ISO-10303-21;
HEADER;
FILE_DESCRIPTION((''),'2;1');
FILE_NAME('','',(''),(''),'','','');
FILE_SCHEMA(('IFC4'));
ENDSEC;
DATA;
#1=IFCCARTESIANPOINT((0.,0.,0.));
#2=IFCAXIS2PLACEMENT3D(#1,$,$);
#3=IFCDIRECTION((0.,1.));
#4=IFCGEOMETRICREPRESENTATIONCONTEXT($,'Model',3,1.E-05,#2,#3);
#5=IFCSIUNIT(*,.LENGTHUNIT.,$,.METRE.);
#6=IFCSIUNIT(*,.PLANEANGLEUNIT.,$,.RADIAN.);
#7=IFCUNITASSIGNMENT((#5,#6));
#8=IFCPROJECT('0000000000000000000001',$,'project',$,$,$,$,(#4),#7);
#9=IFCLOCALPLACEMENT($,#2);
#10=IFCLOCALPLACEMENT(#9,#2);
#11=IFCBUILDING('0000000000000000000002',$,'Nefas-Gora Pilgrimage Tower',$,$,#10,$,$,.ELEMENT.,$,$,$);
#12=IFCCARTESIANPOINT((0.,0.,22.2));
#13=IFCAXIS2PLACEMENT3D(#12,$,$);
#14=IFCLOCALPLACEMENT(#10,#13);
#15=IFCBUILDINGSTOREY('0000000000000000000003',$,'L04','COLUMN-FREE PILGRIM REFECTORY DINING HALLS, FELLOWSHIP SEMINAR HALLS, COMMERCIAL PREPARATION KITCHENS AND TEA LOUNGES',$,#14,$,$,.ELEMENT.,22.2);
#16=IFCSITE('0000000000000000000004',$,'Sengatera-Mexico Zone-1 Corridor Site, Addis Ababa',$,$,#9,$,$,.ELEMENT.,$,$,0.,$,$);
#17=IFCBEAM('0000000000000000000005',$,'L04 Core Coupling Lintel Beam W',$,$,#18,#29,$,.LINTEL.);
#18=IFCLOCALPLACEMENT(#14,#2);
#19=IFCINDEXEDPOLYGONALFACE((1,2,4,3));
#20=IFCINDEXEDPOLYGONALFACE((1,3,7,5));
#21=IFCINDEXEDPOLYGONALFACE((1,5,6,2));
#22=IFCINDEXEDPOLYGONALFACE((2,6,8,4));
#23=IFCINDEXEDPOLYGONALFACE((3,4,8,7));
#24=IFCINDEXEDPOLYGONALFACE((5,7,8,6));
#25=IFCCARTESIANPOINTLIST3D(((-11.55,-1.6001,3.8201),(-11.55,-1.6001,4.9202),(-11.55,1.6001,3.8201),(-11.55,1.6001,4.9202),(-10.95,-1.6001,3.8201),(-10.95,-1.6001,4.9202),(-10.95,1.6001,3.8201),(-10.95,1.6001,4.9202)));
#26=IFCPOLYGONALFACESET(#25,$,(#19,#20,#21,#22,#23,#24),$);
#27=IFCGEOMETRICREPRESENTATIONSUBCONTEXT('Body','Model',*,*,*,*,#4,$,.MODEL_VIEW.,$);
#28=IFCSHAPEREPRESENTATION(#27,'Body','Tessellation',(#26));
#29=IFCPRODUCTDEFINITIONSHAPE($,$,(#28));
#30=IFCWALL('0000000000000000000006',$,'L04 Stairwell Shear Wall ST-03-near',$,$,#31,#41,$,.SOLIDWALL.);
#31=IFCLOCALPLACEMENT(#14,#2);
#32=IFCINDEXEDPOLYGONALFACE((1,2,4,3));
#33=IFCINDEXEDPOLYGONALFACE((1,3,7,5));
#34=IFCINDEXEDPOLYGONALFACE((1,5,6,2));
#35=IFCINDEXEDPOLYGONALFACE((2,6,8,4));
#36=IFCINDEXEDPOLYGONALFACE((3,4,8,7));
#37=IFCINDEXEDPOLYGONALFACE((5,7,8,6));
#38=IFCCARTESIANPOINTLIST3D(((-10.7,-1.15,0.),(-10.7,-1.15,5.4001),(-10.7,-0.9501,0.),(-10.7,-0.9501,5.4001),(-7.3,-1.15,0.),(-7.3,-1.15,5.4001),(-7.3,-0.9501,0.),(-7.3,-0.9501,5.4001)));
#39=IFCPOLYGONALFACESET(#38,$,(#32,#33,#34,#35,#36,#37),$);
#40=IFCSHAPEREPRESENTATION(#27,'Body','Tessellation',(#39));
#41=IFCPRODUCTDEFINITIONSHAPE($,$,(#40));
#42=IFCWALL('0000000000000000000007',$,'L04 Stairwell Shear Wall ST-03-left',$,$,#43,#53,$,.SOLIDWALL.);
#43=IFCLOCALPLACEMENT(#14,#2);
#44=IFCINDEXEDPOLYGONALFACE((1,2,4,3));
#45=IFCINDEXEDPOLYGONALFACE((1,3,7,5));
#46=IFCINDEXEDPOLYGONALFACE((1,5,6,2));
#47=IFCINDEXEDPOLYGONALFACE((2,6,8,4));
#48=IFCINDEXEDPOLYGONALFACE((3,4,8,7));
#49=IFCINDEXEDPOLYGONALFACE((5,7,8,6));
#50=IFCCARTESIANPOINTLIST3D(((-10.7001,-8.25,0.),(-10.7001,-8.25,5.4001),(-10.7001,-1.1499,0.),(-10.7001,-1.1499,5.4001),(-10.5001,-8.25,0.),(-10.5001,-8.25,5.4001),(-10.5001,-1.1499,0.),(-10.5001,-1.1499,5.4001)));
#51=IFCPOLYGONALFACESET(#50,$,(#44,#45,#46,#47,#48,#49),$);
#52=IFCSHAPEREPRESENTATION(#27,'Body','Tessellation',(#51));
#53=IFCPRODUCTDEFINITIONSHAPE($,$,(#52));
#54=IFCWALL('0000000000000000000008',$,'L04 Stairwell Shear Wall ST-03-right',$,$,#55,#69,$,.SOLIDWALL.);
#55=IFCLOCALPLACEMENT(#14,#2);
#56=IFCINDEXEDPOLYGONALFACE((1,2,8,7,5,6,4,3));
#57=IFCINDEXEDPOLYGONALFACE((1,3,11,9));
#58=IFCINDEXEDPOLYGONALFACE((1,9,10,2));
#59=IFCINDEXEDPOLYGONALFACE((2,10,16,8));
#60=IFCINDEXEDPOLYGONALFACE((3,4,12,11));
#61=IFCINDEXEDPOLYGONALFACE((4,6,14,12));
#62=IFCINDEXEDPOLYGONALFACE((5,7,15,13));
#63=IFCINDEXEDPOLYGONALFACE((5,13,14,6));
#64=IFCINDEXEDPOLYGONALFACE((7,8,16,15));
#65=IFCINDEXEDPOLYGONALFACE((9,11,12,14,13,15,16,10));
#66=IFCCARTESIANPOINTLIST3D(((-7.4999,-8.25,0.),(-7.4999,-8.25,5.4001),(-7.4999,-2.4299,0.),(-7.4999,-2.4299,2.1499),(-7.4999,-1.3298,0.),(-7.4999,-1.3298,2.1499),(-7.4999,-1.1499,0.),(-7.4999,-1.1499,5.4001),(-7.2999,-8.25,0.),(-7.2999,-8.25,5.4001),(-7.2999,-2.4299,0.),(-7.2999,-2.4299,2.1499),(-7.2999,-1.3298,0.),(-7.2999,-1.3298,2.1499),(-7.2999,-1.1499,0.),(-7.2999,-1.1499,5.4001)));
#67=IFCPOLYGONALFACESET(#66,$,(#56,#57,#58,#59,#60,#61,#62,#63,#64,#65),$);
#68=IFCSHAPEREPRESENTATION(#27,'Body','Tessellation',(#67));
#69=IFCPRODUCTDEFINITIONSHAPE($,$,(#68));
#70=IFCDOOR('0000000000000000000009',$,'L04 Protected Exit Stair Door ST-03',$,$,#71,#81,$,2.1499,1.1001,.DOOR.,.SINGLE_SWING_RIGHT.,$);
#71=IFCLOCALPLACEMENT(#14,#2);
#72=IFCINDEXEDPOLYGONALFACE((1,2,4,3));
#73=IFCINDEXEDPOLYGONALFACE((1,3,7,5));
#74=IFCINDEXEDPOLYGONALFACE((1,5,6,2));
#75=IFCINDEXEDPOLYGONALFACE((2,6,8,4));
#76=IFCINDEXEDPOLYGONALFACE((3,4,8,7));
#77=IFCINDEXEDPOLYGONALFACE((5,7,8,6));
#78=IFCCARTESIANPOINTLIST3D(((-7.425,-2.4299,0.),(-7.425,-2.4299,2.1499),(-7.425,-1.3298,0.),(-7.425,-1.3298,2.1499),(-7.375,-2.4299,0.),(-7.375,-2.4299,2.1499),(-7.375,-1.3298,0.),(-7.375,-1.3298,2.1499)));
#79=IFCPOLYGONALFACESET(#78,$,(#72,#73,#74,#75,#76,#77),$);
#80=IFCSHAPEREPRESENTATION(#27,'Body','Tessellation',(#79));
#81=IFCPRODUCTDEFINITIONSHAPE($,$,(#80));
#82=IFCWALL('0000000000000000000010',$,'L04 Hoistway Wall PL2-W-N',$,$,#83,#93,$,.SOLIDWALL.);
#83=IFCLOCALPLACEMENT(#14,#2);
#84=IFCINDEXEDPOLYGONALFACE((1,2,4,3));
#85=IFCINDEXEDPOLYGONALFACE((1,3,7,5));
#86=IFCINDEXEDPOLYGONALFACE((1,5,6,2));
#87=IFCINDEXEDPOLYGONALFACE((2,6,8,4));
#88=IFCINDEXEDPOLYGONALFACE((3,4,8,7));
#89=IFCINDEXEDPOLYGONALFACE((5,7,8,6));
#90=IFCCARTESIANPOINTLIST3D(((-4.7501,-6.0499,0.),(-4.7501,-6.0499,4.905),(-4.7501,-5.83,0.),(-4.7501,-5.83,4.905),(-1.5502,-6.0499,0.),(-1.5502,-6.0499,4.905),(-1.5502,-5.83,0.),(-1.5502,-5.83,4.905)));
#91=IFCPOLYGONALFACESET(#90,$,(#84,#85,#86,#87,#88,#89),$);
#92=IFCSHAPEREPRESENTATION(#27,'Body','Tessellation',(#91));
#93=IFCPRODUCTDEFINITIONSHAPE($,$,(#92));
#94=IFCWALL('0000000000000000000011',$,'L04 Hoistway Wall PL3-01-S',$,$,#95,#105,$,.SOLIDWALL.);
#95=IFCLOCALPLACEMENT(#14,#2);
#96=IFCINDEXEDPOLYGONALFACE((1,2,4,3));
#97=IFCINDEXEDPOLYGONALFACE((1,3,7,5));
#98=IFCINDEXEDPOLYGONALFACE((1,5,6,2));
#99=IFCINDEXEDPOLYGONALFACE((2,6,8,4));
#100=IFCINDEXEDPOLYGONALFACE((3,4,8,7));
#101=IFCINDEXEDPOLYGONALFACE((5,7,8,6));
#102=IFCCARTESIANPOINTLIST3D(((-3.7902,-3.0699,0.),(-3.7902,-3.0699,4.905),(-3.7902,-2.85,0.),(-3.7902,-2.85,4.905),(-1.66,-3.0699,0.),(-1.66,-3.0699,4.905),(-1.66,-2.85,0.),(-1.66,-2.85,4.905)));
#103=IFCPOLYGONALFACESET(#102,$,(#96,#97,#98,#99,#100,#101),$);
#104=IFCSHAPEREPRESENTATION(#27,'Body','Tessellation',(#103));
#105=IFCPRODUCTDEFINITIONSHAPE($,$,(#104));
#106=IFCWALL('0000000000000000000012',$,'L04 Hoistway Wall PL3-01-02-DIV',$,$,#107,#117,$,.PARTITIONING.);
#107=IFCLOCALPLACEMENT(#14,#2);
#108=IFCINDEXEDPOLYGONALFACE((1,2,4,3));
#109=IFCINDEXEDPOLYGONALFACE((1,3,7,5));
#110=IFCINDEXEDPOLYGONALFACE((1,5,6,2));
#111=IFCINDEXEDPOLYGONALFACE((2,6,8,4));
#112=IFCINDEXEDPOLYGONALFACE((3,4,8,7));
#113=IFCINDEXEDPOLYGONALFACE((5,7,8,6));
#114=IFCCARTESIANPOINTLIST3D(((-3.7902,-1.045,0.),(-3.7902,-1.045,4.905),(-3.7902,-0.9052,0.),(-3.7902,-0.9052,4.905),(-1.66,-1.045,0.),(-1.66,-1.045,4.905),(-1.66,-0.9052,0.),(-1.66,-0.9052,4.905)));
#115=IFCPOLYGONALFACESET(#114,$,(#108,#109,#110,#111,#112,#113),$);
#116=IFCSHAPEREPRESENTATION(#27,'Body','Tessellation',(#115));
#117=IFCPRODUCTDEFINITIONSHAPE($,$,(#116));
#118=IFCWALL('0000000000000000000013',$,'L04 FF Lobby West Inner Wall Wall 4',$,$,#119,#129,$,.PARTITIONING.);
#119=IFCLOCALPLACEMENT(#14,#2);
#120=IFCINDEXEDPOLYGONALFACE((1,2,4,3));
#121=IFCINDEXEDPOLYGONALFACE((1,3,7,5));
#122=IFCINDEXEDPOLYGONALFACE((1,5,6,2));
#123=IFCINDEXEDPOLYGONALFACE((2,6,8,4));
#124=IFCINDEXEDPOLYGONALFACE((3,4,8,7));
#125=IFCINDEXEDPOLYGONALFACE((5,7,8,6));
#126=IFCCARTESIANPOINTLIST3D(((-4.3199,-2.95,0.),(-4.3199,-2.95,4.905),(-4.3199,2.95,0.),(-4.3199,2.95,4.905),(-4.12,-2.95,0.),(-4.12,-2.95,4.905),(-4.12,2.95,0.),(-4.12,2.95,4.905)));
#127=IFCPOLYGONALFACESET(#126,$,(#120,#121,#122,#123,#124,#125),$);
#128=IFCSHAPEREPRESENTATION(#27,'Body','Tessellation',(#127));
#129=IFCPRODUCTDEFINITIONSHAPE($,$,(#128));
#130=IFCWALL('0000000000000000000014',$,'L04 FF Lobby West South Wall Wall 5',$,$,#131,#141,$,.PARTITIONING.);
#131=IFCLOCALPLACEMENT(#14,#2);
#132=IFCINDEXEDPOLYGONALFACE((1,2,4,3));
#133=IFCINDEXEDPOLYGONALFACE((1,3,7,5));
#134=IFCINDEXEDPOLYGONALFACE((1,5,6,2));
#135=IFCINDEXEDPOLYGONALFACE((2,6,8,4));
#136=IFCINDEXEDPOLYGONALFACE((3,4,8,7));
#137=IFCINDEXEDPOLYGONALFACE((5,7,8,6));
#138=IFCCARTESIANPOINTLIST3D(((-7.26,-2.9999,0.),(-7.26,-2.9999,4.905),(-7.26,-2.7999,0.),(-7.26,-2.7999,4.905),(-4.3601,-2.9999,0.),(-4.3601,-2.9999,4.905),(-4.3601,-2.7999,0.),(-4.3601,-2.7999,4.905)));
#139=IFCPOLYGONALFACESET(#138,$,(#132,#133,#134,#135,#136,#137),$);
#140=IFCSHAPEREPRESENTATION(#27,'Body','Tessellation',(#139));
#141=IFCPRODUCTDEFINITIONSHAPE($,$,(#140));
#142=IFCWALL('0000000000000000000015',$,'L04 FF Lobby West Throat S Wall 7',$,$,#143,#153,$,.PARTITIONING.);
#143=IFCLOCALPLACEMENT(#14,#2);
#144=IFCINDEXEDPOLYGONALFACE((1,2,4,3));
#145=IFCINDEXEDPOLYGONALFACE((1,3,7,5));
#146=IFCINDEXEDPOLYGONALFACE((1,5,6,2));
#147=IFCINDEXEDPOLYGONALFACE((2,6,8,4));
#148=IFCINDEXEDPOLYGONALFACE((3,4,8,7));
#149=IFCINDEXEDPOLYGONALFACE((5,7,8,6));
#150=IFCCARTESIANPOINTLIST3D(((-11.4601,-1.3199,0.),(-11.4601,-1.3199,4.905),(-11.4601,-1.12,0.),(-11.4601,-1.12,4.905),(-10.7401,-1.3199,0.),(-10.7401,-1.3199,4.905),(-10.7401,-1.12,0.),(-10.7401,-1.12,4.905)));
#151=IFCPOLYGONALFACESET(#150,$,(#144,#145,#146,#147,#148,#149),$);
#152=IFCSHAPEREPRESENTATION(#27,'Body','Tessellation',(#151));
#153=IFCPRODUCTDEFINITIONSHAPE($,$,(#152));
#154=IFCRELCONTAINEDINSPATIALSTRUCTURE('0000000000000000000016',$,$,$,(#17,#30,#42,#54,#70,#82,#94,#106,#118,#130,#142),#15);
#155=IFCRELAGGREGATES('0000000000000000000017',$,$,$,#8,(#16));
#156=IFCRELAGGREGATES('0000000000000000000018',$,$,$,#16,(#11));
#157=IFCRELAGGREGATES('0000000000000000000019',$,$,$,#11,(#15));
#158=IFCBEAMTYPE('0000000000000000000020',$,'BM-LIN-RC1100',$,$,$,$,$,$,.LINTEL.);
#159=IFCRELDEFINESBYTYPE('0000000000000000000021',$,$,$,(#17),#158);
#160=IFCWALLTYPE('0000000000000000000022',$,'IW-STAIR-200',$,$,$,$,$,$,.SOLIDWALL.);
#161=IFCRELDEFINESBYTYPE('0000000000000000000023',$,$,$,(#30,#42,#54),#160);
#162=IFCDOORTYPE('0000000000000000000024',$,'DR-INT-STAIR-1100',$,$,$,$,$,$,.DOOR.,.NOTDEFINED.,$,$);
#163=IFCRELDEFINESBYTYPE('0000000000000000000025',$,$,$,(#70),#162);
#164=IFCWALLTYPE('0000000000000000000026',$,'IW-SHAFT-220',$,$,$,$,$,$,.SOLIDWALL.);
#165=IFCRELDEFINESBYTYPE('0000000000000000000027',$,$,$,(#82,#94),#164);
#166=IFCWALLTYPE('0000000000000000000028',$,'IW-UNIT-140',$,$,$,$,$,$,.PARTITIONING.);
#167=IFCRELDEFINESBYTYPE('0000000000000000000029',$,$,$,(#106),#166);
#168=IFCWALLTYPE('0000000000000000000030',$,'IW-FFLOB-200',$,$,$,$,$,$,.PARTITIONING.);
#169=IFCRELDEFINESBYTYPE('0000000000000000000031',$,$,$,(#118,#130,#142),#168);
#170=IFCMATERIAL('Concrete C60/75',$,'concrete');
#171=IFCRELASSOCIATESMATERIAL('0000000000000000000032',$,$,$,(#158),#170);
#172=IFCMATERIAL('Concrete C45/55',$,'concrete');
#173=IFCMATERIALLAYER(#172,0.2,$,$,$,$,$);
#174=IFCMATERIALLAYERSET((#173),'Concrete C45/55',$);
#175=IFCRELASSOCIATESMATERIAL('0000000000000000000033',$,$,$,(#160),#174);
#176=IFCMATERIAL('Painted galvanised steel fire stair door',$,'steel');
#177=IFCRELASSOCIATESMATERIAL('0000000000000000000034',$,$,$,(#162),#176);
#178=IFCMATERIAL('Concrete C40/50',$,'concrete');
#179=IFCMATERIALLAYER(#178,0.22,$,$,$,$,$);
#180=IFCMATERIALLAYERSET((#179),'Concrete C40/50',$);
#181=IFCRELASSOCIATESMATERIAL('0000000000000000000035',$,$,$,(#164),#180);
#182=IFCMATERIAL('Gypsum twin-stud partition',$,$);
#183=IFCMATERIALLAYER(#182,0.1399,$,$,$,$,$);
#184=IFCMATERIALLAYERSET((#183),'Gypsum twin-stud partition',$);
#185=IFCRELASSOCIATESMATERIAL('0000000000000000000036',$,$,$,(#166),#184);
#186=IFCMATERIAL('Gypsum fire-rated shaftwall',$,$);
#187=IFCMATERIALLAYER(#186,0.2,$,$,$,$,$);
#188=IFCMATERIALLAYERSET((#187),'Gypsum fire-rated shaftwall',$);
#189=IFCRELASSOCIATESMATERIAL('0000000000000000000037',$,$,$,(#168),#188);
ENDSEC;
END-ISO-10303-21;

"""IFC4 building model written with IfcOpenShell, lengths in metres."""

from ifc_helpers import new_model, si_unit, direction, frame, frame_2d, origin, origin_2d, place, context, subcontext, project, spatial, rectangle, extrude, source, transform, mapped, material, layer, layer_set, material_profile, profile_set, type_object, element, fill, save


model = new_model("IFC4")

# Units and contexts
model_context = context("Model", 3, precision=1e-05, world=origin(), true_north=direction((0.0, 1.0)))
body_context = subcontext(model_context, "Body", "Model", "MODEL_VIEW")
ifc_project = project(units=[si_unit("LENGTHUNIT", "METRE"), si_unit("PLANEANGLEUNIT", "RADIAN")], contexts=[model_context])

# Site, building, storey
site_placement = place(None, origin())
site = spatial("IfcSite", under=ifc_project, at=site_placement, Name="Sengatera-Mexico Zone-1 Corridor Site, Addis Ababa", CompositionType="ELEMENT", RefElevation=0.0)
building_placement = place(site_placement, origin())
building = spatial("IfcBuilding", under=site, at=building_placement, Name="Nefas-Gora Pilgrimage Tower", CompositionType="ELEMENT")
storey_placement = place(building_placement, frame((0.0, 0.0, 22.2)))
storey = spatial("IfcBuildingStorey", under=building, at=storey_placement, Name="L04", Description="COLUMN-FREE PILGRIM REFECTORY DINING HALLS, FELLOWSHIP SEMINAR HALLS, COMMERCIAL PREPARATION KITCHENS AND TEA LOUNGES", CompositionType="ELEMENT", Elevation=22.2)

# Beam
ifc_material_1 = material(Name="Concrete C60/75", Category="concrete")
ifc_material_profile = material_profile(ifc_material_1, rectangle(XDim=0.6001, YDim=1.1001, at=origin_2d()), Name="RC 600x1100")
ifc_profile_set = profile_set([ifc_material_profile], Name="Concrete C60/75")
beam_type = type_object("IfcBeamType", Name="BM-LIN-RC1100", PredefinedType="LINTEL", material=ifc_profile_set)
shared_shape_1 = source(origin(), body_context, "Body", "SweptSolid", [
    extrude(rectangle(XDim=0.6001, YDim=1.1001, at=origin_2d()), origin(), (0.0, 0.0, 1.0), 3.2002),
])
beam_placement = place(storey_placement, frame((-11.25, -1.6001, 4.3701), z_axis=(0.0, 1.0, 0.0), x_axis=(-1.0, 0.0, 0.0)))
element("IfcBeam", 1, at=beam_placement, inside=storey, type_object=beam_type, Name="L04 Core Coupling Lintel Beam W", PredefinedType="LINTEL", context=body_context, shape_type="MappedRepresentation", body=[
    mapped(shared_shape_1, transform((0.0, 0.0, 0.0), x_axis=(1.0, 0.0, 0.0), y_axis=(0.0, 1.0, 0.0), z_axis=(0.0, 0.0, 1.0), scale=1.0)),
])

# Walls
ifc_material_2 = material(Name="Concrete C45/55", Category="concrete")
ifc_layer_1 = layer(ifc_material_2, 0.2)
ifc_layer_set_1 = layer_set([ifc_layer_1], Name="Concrete C45/55")
wall_type_1 = type_object("IfcWallType", Name="IW-STAIR-200", PredefinedType="SOLIDWALL", material=ifc_layer_set_1)
shared_shape_2 = source(origin(), body_context, "Body", "SweptSolid", [
    extrude(rectangle(XDim=3.3999, YDim=0.2, at=frame_2d((1.7, 0.0))), origin(), (0.0, 0.0, 1.0), 5.4001),
])
wall_1_placement = place(storey_placement, frame((-10.7, -1.05, 0.0), z_axis=(0.0, 0.0, 1.0), x_axis=(1.0, 0.0, 0.0)))
element("IfcWall", 2, at=wall_1_placement, inside=storey, type_object=wall_type_1, Name="L04 Stairwell Shear Wall ST-03-near", PredefinedType="SOLIDWALL", context=body_context, shape_type="MappedRepresentation", body=[
    mapped(shared_shape_2, transform((0.0, 0.0, 0.0), x_axis=(1.0, 0.0, 0.0), y_axis=(0.0, 1.0, 0.0), z_axis=(0.0, 0.0, 1.0), scale=1.0)),
])
shared_shape_3 = source(origin(), body_context, "Body", "SweptSolid", [
    extrude(rectangle(XDim=7.1001, YDim=0.2, at=frame_2d((3.55, 0.0))), origin(), (0.0, 0.0, 1.0), 5.4001),
])
wall_2_placement = place(storey_placement, frame((-10.6001, -1.1499, 0.0), z_axis=(0.0, 0.0, 1.0), x_axis=(0.0, -1.0, 0.0)))
element("IfcWall", 3, at=wall_2_placement, inside=storey, type_object=wall_type_1, Name="L04 Stairwell Shear Wall ST-03-left", PredefinedType="SOLIDWALL", context=body_context, shape_type="MappedRepresentation", body=[
    mapped(shared_shape_3, transform((0.0, 0.0, 0.0), x_axis=(1.0, 0.0, 0.0), y_axis=(0.0, 1.0, 0.0), z_axis=(0.0, 0.0, 1.0), scale=1.0)),
])

# Wall, opening, door
wall_3_placement = place(storey_placement, frame((-7.3999, -1.1499, 0.0), z_axis=(0.0, 0.0, 1.0), x_axis=(0.0, -1.0, 0.0)))
wall_3 = element("IfcWall", 4, at=wall_3_placement, inside=storey, type_object=wall_type_1, Name="L04 Stairwell Shear Wall ST-03-right", PredefinedType="SOLIDWALL", context=body_context, shape_type="MappedRepresentation", body=[
    mapped(shared_shape_3, transform((0.0, 0.0, 0.0), x_axis=(1.0, 0.0, 0.0), y_axis=(0.0, 1.0, 0.0), z_axis=(0.0, 0.0, 1.0), scale=1.0)),
])
opening_1_placement = place(wall_3_placement, frame((0.1799, 0.0, 0.0)))
opening_1 = element("IfcOpeningElement", 5, at=opening_1_placement, cuts=wall_3, PredefinedType="OPENING", context=body_context, shape_type="SweptSolid", body=[
    extrude(rectangle(XDim=1.1001, YDim=2.1499, at=frame_2d((0.55, 1.075))), frame((0.0, 0.1099, 0.0), z_axis=(0.0, -1.0, 0.0), x_axis=(1.0, 0.0, 0.0)), (0.0, 0.0, 1.0), 0.22),
])
ifc_material_3 = material(Name="Painted galvanised steel fire stair door", Category="steel")
door_type_1 = type_object("IfcDoorType", Name="DR-INT-STAIR-1100", OperationType="NOTDEFINED", PredefinedType="DOOR", material=ifc_material_3)
shared_shape_4 = source(origin(), body_context, "Body", "SweptSolid", [
    extrude(rectangle(XDim=1.1001, YDim=2.1499, at=frame_2d((0.55, 1.075))), frame((0.0, 0.0249, 0.0), z_axis=(0.0, -1.0, 0.0), x_axis=(1.0, 0.0, 0.0)), (0.0, 0.0, 1.0), 0.05),
])
door_1_placement = place(opening_1_placement, origin())
door_1 = element("IfcDoor", 6, at=door_1_placement, inside=storey, type_object=door_type_1, Name="L04 Protected Exit Stair Door ST-03", OperationType="SINGLE_SWING_RIGHT", OverallHeight=2.1499, OverallWidth=1.1001, PredefinedType="DOOR", context=body_context, shape_type="MappedRepresentation", body=[
    mapped(shared_shape_4, transform((0.0, 0.0, 0.0), x_axis=(1.0, 0.0, 0.0), y_axis=(0.0, 1.0, 0.0), z_axis=(0.0, 0.0, 1.0), scale=1.0)),
])
fill(opening_1, door_1)

# Walls
ifc_material_4 = material(Name="Concrete C40/50", Category="concrete")
ifc_layer_2 = layer(ifc_material_4, 0.22)
ifc_layer_set_2 = layer_set([ifc_layer_2], Name="Concrete C40/50")
wall_type_2 = type_object("IfcWallType", Name="IW-SHAFT-220", PredefinedType="SOLIDWALL", material=ifc_layer_set_2)
shared_shape_5 = source(origin(), body_context, "Body", "SweptSolid", [
    extrude(rectangle(XDim=3.2, YDim=0.22, at=frame_2d((1.6001, 0.0))), origin(), (0.0, 0.0, 1.0), 4.905),
])
wall_4_placement = place(storey_placement, frame((-1.55, -5.9399, 0.0), z_axis=(0.0, 0.0, 1.0), x_axis=(-1.0, 0.0, 0.0)))
element("IfcWall", 7, at=wall_4_placement, inside=storey, type_object=wall_type_2, Name="L04 Hoistway Wall PL2-W-N", PredefinedType="SOLIDWALL", context=body_context, shape_type="MappedRepresentation", body=[
    mapped(shared_shape_5, transform((0.0, 0.0, 0.0), x_axis=(1.0, 0.0, 0.0), y_axis=(0.0, 1.0, 0.0), z_axis=(0.0, 0.0, 1.0), scale=1.0)),
])
shared_shape_6 = source(origin(), body_context, "Body", "SweptSolid", [
    extrude(rectangle(XDim=2.1301, YDim=0.22, at=frame_2d((1.0649, 0.0))), origin(), (0.0, 0.0, 1.0), 4.905),
])
wall_5_placement = place(storey_placement, frame((-3.79, -2.96, 0.0), z_axis=(0.0, 0.0, 1.0), x_axis=(1.0, 0.0, 0.0)))
element("IfcWall", 8, at=wall_5_placement, inside=storey, type_object=wall_type_2, Name="L04 Hoistway Wall PL3-01-S", PredefinedType="SOLIDWALL", context=body_context, shape_type="MappedRepresentation", body=[
    mapped(shared_shape_6, transform((0.0, 0.0, 0.0), x_axis=(1.0, 0.0, 0.0), y_axis=(0.0, 1.0, 0.0), z_axis=(0.0, 0.0, 1.0), scale=1.0)),
])
ifc_material_5 = material(Name="Gypsum twin-stud partition")
ifc_layer_3 = layer(ifc_material_5, 0.1399)
ifc_layer_set_3 = layer_set([ifc_layer_3], Name="Gypsum twin-stud partition")
wall_type_3 = type_object("IfcWallType", Name="IW-UNIT-140", PredefinedType="PARTITIONING", material=ifc_layer_set_3)
shared_shape_7 = source(origin(), body_context, "Body", "SweptSolid", [
    extrude(rectangle(XDim=2.1301, YDim=0.1399, at=frame_2d((1.0649, 0.0))), origin(), (0.0, 0.0, 1.0), 4.905),
])
wall_6_placement = place(storey_placement, frame((-3.79, -0.9751, 0.0), z_axis=(0.0, 0.0, 1.0), x_axis=(1.0, 0.0, 0.0)))
element("IfcWall", 9, at=wall_6_placement, inside=storey, type_object=wall_type_3, Name="L04 Hoistway Wall PL3-01-02-DIV", PredefinedType="PARTITIONING", context=body_context, shape_type="MappedRepresentation", body=[
    mapped(shared_shape_7, transform((0.0, 0.0, 0.0), x_axis=(1.0, 0.0, 0.0), y_axis=(0.0, 1.0, 0.0), z_axis=(0.0, 0.0, 1.0), scale=1.0)),
])

# Shared definitions
ifc_material_6 = material(Name="Gypsum fire-rated shaftwall")
ifc_layer_4 = layer(ifc_material_6, 0.2)
ifc_layer_set_4 = layer_set([ifc_layer_4], Name="Gypsum fire-rated shaftwall")
wall_type_4 = type_object("IfcWallType", Name="IW-FFLOB-200", PredefinedType="PARTITIONING", material=ifc_layer_set_4)

# Walls
shared_shape_8 = source(origin(), body_context, "Body", "SweptSolid", [
    extrude(rectangle(XDim=5.8999, YDim=0.2, at=frame_2d((2.95, 0.0))), origin(), (0.0, 0.0, 1.0), 4.905),
])
wall_7_placement = place(storey_placement, frame((-4.22, -2.95, 0.0), z_axis=(0.0, 0.0, 1.0), x_axis=(0.0, 1.0, 0.0)))
element("IfcWall", 10, at=wall_7_placement, inside=storey, type_object=wall_type_4, Name="L04 FF Lobby West Inner Wall Wall 4", PredefinedType="PARTITIONING", context=body_context, shape_type="MappedRepresentation", body=[
    mapped(shared_shape_8, transform((0.0, 0.0, 0.0), x_axis=(1.0, 0.0, 0.0), y_axis=(0.0, 1.0, 0.0), z_axis=(0.0, 0.0, 1.0), scale=1.0)),
])
shared_shape_9 = source(origin(), body_context, "Body", "SweptSolid", [
    extrude(rectangle(XDim=2.8999, YDim=0.2, at=frame_2d((1.45, 0.0))), origin(), (0.0, 0.0, 1.0), 4.905),
])
wall_8_placement = place(storey_placement, frame((-7.26, -2.8999, 0.0), z_axis=(0.0, 0.0, 1.0), x_axis=(1.0, 0.0, 0.0)))
element("IfcWall", 11, at=wall_8_placement, inside=storey, type_object=wall_type_4, Name="L04 FF Lobby West South Wall Wall 5", PredefinedType="PARTITIONING", context=body_context, shape_type="MappedRepresentation", body=[
    mapped(shared_shape_9, transform((0.0, 0.0, 0.0), x_axis=(1.0, 0.0, 0.0), y_axis=(0.0, 1.0, 0.0), z_axis=(0.0, 0.0, 1.0), scale=1.0)),
])
shared_shape_10 = source(origin(), body_context, "Body", "SweptSolid", [
    extrude(rectangle(XDim=0.72, YDim=0.2, at=frame_2d((0.3599, 0.0))), origin(), (0.0, 0.0, 1.0), 4.905),
])
wall_9_placement = place(storey_placement, frame((-11.46, -1.22, 0.0), z_axis=(0.0, 0.0, 1.0), x_axis=(1.0, 0.0, 0.0)))
element("IfcWall", 12, at=wall_9_placement, inside=storey, type_object=wall_type_4, Name="L04 FF Lobby West Throat S Wall 7", PredefinedType="PARTITIONING", context=body_context, shape_type="MappedRepresentation", body=[
    mapped(shared_shape_10, transform((0.0, 0.0, 0.0), x_axis=(1.0, 0.0, 0.0), y_axis=(0.0, 1.0, 0.0), z_axis=(0.0, 0.0, 1.0), scale=1.0)),
])

save(model, "model.ifc")
